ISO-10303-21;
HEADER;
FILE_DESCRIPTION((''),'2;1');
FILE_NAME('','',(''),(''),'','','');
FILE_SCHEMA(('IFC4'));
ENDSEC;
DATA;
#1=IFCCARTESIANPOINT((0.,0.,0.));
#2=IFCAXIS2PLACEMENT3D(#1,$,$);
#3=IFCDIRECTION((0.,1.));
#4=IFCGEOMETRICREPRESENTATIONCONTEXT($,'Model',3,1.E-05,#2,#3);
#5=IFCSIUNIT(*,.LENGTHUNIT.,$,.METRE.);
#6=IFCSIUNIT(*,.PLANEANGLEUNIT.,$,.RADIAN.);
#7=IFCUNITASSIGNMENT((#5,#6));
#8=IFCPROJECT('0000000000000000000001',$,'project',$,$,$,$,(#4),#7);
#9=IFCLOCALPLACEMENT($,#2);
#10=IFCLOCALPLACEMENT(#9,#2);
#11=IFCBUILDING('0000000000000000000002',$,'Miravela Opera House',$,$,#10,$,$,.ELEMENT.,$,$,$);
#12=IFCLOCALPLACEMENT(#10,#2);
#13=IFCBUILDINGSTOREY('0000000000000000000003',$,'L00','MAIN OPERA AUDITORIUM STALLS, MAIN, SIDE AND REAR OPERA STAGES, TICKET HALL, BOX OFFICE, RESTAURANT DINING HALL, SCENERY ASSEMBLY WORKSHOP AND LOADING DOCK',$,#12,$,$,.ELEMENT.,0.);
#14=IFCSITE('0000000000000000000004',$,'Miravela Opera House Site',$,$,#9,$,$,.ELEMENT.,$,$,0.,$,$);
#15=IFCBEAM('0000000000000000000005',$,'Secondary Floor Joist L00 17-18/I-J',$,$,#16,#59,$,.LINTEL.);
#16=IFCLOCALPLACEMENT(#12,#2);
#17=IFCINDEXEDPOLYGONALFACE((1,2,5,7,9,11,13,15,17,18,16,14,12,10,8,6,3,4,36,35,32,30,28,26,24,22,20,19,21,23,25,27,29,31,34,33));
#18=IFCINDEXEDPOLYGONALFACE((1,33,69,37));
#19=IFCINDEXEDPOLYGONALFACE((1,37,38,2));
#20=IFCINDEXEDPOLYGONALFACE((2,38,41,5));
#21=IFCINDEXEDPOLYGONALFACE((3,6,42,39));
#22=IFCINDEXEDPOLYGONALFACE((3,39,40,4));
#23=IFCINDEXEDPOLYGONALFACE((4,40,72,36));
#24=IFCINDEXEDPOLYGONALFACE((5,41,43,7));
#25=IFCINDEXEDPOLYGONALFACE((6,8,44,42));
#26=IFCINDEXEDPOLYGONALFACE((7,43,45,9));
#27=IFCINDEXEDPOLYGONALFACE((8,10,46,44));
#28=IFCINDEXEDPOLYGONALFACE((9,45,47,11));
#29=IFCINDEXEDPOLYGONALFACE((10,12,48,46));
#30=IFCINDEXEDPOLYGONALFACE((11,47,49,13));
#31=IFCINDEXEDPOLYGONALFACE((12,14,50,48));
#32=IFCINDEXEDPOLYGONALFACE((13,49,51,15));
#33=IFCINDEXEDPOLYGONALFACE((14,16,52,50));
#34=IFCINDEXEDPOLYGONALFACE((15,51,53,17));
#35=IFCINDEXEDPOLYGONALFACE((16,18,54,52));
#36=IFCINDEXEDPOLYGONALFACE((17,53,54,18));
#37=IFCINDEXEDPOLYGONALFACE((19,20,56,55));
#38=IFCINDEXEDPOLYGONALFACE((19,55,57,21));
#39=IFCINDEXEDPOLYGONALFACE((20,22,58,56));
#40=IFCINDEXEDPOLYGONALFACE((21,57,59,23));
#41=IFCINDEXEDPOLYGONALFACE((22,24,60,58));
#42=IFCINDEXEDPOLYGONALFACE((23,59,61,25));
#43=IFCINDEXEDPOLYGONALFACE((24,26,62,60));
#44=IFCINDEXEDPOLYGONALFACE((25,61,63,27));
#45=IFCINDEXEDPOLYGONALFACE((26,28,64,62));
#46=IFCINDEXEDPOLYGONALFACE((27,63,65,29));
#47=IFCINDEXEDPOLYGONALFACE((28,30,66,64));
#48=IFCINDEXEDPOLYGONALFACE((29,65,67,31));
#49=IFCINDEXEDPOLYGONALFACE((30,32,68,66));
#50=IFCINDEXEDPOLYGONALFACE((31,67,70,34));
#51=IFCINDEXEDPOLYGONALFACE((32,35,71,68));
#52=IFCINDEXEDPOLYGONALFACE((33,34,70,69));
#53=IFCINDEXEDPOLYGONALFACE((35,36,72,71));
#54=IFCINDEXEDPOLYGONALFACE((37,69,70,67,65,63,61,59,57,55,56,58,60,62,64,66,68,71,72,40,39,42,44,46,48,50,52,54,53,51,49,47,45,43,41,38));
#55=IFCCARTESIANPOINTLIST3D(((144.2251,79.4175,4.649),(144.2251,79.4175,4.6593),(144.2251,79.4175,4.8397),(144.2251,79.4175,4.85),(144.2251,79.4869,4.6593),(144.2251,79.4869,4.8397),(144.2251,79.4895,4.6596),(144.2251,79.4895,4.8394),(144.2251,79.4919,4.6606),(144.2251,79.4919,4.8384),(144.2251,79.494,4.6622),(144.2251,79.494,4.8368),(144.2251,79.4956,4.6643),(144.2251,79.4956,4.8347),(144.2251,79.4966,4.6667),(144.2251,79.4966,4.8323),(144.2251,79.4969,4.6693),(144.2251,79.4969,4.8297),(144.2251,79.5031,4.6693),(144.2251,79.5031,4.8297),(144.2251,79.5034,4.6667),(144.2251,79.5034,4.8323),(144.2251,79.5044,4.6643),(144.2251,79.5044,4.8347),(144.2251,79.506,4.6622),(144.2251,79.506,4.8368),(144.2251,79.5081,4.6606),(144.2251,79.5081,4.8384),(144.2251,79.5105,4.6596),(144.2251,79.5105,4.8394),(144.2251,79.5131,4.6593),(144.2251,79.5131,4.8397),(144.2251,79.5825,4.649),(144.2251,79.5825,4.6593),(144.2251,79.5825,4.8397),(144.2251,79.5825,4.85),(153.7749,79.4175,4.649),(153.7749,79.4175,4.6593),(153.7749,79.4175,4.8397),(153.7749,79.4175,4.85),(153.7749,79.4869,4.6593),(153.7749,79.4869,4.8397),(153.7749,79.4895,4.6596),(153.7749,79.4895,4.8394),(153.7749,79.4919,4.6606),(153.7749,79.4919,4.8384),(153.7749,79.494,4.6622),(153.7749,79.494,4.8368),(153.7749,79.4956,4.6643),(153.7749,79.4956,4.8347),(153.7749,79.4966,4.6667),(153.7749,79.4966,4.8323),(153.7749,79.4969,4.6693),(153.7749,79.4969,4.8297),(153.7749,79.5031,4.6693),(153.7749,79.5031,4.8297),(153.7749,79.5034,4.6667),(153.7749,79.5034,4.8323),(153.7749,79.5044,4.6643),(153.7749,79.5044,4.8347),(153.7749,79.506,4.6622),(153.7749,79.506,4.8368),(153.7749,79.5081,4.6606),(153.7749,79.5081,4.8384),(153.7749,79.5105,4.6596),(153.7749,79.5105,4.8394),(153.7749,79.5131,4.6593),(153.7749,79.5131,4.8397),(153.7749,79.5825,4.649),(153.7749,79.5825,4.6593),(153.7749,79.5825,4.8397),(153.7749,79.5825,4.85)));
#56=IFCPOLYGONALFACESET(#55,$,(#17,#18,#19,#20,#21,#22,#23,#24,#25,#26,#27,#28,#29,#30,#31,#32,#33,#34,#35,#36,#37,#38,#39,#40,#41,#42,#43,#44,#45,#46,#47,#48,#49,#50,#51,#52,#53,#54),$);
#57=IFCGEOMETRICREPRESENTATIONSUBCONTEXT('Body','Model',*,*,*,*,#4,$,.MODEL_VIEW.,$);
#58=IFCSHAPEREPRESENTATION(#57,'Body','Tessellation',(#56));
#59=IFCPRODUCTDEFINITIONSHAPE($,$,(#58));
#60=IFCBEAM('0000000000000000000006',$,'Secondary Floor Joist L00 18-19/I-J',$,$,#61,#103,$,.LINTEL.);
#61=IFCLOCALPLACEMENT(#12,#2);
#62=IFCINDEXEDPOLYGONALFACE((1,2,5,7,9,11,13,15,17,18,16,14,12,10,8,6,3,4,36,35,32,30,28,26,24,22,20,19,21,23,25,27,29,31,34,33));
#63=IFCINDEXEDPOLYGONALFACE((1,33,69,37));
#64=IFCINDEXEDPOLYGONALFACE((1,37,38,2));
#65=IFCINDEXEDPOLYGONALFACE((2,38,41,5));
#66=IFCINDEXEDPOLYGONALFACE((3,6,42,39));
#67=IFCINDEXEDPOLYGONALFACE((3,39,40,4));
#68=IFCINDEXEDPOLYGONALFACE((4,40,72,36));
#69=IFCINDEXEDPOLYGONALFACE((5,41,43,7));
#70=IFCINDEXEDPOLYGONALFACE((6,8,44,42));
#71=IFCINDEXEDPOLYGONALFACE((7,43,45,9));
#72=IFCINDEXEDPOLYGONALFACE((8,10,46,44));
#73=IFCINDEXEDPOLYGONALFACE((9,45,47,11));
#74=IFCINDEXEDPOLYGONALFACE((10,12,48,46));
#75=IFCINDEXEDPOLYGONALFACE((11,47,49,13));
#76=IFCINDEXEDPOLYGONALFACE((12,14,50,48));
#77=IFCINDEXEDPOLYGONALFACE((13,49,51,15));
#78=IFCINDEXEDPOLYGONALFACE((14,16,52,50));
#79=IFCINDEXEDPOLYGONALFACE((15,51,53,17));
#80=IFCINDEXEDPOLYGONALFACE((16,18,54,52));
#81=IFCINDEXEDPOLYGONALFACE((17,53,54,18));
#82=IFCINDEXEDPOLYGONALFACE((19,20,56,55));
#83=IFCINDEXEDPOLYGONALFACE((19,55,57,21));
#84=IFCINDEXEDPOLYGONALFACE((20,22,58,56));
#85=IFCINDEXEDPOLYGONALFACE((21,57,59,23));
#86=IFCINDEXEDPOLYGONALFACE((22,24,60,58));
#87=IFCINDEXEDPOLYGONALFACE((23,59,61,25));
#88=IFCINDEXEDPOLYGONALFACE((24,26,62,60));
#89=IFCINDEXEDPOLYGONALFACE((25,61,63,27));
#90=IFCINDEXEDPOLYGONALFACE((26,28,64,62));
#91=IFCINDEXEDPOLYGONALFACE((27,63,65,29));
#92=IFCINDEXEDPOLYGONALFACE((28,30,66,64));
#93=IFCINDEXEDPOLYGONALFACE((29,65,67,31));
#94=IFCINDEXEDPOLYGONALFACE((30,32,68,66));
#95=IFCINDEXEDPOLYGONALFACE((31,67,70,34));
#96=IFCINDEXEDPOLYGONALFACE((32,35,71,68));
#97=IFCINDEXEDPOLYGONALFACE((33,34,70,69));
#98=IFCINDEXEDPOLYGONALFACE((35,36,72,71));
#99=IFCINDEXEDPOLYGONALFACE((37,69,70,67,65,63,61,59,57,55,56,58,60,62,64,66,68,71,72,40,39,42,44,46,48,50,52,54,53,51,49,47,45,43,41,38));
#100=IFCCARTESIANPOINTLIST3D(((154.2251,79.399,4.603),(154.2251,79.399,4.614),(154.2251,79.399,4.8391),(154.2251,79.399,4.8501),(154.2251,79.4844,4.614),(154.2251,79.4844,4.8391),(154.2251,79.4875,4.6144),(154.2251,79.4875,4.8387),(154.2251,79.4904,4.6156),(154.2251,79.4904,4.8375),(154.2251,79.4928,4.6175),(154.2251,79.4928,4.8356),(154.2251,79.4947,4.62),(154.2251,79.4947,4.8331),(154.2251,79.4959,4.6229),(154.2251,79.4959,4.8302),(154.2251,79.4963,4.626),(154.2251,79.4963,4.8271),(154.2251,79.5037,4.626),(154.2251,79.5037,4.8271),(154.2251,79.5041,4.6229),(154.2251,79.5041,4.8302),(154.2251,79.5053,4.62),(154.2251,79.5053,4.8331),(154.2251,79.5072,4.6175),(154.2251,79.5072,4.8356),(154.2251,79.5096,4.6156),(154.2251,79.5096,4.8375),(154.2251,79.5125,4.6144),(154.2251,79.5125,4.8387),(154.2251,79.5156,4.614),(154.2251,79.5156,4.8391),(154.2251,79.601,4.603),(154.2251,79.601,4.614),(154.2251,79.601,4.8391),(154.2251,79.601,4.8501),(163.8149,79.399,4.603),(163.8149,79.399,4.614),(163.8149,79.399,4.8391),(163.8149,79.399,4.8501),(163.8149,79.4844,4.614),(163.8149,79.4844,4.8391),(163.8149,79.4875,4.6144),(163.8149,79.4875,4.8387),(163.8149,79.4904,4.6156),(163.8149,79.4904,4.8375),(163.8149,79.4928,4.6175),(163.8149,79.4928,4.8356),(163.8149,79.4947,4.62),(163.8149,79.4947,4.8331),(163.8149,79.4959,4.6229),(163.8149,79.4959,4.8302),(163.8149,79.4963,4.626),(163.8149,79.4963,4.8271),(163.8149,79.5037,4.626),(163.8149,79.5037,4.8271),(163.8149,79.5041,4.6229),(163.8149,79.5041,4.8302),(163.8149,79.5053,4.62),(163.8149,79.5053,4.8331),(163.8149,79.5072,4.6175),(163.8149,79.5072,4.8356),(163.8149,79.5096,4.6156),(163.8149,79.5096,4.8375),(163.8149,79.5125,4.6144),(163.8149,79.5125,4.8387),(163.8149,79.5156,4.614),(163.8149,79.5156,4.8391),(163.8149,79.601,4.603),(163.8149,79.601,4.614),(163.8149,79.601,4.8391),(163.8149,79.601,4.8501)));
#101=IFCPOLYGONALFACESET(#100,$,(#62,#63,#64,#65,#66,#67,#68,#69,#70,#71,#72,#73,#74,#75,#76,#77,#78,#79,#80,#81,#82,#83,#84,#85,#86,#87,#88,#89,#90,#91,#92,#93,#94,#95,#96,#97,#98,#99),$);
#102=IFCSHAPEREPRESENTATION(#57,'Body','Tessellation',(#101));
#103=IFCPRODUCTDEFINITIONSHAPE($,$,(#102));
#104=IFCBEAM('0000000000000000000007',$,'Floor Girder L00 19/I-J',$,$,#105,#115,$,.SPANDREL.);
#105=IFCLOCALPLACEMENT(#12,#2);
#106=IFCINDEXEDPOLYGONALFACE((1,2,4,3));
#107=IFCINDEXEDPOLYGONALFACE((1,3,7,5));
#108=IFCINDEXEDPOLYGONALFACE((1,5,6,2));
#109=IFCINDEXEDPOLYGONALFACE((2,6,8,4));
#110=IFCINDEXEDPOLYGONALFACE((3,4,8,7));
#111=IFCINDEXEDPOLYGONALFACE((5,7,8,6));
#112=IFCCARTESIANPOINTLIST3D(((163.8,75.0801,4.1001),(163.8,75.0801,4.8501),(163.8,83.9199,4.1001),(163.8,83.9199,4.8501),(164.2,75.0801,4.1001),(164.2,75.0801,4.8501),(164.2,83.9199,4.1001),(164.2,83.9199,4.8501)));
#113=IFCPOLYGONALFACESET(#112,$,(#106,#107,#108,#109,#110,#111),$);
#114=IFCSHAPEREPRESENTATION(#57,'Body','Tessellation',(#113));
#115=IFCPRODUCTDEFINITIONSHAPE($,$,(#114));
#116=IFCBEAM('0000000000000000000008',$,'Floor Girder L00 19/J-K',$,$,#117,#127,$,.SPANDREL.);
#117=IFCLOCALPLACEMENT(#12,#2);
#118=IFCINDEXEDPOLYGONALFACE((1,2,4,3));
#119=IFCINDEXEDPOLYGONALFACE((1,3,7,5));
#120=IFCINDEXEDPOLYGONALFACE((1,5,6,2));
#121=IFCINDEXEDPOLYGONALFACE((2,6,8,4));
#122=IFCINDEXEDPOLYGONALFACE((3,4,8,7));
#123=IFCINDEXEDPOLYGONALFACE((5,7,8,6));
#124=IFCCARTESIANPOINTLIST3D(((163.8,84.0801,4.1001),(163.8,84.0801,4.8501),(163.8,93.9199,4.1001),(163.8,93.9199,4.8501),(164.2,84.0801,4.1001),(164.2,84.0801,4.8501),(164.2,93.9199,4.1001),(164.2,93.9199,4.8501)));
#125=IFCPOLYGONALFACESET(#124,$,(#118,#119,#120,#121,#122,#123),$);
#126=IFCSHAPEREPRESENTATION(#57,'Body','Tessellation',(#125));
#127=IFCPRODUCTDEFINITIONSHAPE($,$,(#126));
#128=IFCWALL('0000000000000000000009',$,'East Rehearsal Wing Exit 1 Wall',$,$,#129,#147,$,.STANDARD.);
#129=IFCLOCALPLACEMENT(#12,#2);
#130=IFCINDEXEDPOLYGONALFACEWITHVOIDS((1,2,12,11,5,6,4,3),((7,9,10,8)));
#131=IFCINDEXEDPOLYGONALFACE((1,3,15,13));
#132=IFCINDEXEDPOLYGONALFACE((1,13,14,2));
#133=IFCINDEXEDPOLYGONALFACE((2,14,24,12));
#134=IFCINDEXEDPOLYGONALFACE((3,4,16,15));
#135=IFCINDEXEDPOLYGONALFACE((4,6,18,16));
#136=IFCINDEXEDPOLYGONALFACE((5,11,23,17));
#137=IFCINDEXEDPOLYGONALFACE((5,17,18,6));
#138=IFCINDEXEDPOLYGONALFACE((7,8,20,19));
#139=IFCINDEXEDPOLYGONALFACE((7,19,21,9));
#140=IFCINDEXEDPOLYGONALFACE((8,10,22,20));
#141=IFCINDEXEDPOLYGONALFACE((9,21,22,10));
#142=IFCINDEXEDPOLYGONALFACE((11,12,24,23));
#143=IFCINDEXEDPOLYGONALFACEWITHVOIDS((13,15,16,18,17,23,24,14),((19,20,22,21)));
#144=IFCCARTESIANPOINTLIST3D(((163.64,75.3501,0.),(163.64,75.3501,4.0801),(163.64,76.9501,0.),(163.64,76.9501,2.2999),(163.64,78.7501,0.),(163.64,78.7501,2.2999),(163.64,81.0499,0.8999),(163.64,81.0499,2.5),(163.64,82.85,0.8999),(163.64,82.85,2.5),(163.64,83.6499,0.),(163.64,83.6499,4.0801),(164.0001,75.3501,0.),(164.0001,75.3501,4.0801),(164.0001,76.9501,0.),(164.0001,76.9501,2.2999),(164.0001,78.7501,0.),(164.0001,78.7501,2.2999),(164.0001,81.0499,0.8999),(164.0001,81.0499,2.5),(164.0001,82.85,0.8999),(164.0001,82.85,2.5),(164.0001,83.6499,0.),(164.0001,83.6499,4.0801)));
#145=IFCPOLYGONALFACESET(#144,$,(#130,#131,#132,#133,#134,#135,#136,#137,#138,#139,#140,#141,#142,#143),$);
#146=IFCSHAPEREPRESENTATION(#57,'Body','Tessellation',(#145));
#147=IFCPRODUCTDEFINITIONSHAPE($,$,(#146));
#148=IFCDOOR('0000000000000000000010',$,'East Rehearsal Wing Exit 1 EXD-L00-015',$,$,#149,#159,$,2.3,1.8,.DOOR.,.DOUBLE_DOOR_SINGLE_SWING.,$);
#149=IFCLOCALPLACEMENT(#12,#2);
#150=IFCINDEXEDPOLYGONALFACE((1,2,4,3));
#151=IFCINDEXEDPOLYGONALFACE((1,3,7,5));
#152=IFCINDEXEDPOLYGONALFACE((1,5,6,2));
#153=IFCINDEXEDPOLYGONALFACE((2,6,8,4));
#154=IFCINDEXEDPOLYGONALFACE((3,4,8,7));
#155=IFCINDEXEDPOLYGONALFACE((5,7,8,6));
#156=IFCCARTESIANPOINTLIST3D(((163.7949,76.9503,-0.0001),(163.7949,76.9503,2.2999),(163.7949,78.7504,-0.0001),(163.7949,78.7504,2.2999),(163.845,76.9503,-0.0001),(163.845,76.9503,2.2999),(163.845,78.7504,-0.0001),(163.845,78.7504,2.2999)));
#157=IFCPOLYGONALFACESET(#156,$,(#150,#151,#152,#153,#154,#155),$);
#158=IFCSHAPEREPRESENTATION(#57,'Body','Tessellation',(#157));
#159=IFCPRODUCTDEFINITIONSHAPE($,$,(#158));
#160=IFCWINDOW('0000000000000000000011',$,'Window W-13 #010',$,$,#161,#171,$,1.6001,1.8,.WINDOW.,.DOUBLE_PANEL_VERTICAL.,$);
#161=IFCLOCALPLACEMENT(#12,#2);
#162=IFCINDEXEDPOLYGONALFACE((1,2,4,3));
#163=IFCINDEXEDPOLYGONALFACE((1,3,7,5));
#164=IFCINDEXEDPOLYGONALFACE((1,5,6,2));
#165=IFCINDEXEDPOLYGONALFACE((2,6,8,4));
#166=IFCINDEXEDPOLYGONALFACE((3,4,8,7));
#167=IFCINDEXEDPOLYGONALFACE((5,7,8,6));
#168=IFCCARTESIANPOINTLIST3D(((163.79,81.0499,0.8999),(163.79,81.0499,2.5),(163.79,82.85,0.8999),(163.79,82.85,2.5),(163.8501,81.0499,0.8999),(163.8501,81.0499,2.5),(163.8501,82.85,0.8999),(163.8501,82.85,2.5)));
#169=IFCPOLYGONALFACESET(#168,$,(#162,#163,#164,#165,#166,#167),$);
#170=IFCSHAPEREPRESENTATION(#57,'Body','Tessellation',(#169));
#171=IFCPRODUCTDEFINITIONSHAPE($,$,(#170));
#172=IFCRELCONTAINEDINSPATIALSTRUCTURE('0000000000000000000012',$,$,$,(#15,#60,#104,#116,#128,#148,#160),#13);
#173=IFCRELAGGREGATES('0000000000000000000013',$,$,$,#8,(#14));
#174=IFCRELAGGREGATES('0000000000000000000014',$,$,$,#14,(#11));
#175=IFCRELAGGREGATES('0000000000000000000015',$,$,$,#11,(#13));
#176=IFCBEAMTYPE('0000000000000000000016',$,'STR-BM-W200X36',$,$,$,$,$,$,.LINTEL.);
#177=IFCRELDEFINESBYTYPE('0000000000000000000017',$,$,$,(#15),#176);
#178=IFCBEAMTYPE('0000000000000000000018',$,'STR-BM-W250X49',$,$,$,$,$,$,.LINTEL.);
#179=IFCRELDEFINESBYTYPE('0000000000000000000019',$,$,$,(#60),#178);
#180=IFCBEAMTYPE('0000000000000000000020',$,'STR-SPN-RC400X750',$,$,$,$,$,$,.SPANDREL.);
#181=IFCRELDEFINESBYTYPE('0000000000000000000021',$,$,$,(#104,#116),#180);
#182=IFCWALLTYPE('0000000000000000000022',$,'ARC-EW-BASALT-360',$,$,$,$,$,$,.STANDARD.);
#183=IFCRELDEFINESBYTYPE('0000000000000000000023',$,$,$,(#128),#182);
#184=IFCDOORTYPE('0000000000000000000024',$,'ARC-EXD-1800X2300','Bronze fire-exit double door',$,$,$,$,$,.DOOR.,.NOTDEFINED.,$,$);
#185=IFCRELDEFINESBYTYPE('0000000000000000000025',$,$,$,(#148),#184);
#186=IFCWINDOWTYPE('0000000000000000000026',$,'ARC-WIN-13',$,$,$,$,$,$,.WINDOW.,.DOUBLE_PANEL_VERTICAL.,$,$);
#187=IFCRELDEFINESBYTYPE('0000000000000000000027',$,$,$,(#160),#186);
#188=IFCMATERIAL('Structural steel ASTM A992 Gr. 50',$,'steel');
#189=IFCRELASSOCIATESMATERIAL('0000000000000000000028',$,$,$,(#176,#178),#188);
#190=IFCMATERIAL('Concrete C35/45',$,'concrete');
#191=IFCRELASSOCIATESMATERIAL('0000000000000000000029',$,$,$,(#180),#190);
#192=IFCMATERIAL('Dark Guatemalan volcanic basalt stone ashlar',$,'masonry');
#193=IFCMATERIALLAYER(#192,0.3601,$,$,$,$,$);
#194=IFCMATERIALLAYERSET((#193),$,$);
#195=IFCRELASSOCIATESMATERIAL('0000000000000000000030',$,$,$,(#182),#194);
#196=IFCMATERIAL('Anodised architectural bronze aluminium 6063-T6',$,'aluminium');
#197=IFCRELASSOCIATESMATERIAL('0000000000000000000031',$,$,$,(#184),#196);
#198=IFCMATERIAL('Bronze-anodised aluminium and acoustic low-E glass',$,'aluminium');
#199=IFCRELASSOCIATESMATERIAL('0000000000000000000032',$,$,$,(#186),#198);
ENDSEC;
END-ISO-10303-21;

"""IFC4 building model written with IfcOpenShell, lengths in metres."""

from ifc_helpers import new_model, si_unit, direction, frame, frame_2d, origin, origin_2d, place, context, subcontext, project, spatial, rectangle, i_section, extrude, material, layer, layer_set, material_profile, profile_set, type_object, element, fill, save


model = new_model("IFC4")

# Units and contexts
model_context = context("Model", 3, precision=1e-05, world=origin(), true_north=direction((0.0, 1.0)))
body_context = subcontext(model_context, "Body", "Model", "MODEL_VIEW")
ifc_project = project(units=[si_unit("LENGTHUNIT", "METRE"), si_unit("PLANEANGLEUNIT", "RADIAN")], contexts=[model_context])

# Site, building, storey
site_placement = place(None, origin())
site = spatial("IfcSite", under=ifc_project, at=site_placement, Name="Miravela Opera House Site", CompositionType="ELEMENT", RefElevation=0.0)
building_placement = place(site_placement, origin())
building = spatial("IfcBuilding", under=site, at=building_placement, Name="Miravela Opera House", CompositionType="ELEMENT")
storey_placement = place(building_placement, origin())
storey = spatial("IfcBuildingStorey", under=building, at=storey_placement, Name="L00", Description="MAIN OPERA AUDITORIUM STALLS, MAIN, SIDE AND REAR OPERA STAGES, TICKET HALL, BOX OFFICE, RESTAURANT DINING HALL, SCENERY ASSEMBLY WORKSHOP AND LOADING DOCK", CompositionType="ELEMENT", Elevation=0.0)

# Shared definitions
ifc_material_1 = material(Name="Concrete C35/45", Category="concrete")

# Beams
ifc_material_2 = material(Name="Structural steel ASTM A992 Gr. 50", Category="steel")
ifc_material_profile_1 = material_profile(ifc_material_2, i_section(OverallWidth=0.165, OverallDepth=0.2009, WebThickness=0.0061, FlangeThickness=0.0103, FilletRadius=0.01, at=origin_2d()), Name="W200X36")
ifc_profile_set_1 = profile_set([ifc_material_profile_1])
beam_type_1 = type_object("IfcBeamType", Name="STR-BM-W200X36", PredefinedType="LINTEL", material=ifc_profile_set_1)
beam_1_placement = place(storey_placement, frame((144.2251, 79.5, 4.7495), z_axis=(1.0, 0.0, 0.0), x_axis=(0.0, 1.0, 0.0)))
element("IfcBeam", 1, at=beam_1_placement, inside=storey, type_object=beam_type_1, Name="Secondary Floor Joist L00 17-18/I-J", PredefinedType="LINTEL", context=body_context, shape_type="SweptSolid", body=[
    extrude(i_section(OverallWidth=0.165, OverallDepth=0.2009, WebThickness=0.0061, FlangeThickness=0.0103, FilletRadius=0.01, at=origin_2d()), origin(), (0.0, 0.0, 1.0), 9.5498),
])
ifc_material_profile_2 = material_profile(ifc_material_2, i_section(OverallWidth=0.2019, OverallDepth=0.2471, WebThickness=0.0073, FlangeThickness=0.011, FilletRadius=0.012, at=origin_2d()), Name="W250X49")
ifc_profile_set_2 = profile_set([ifc_material_profile_2])
beam_type_2 = type_object("IfcBeamType", Name="STR-BM-W250X49", PredefinedType="LINTEL", material=ifc_profile_set_2)
beam_2_placement = place(storey_placement, frame((154.2251, 79.5, 4.7266), z_axis=(1.0, 0.0, 0.0), x_axis=(0.0, 1.0, 0.0)))
element("IfcBeam", 2, at=beam_2_placement, inside=storey, type_object=beam_type_2, Name="Secondary Floor Joist L00 18-19/I-J", PredefinedType="LINTEL", context=body_context, shape_type="SweptSolid", body=[
    extrude(i_section(OverallWidth=0.2019, OverallDepth=0.2471, WebThickness=0.0073, FlangeThickness=0.011, FilletRadius=0.012, at=origin_2d()), origin(), (0.0, 0.0, 1.0), 9.5898),
])
ifc_material_profile_3 = material_profile(ifc_material_1, rectangle(XDim=0.3999, YDim=0.75, at=origin_2d()), Name="RC-SPN-400X750")
ifc_profile_set_3 = profile_set([ifc_material_profile_3])
beam_type_3 = type_object("IfcBeamType", Name="STR-SPN-RC400X750", PredefinedType="SPANDREL", material=ifc_profile_set_3)
beam_3_placement = place(storey_placement, frame((164.0, 75.0801, 4.4751), z_axis=(0.0, 1.0, 0.0), x_axis=(-1.0, 0.0, 0.0)))
element("IfcBeam", 3, at=beam_3_placement, inside=storey, type_object=beam_type_3, Name="Floor Girder L00 19/I-J", PredefinedType="SPANDREL", context=body_context, shape_type="SweptSolid", body=[
    extrude(rectangle(XDim=0.3999, YDim=0.75, at=origin_2d()), origin(), (0.0, 0.0, 1.0), 8.8398),
])
beam_4_placement = place(storey_placement, frame((164.0, 84.0801, 4.4751), z_axis=(0.0, 1.0, 0.0), x_axis=(-1.0, 0.0, 0.0)))
element("IfcBeam", 4, at=beam_4_placement, inside=storey, type_object=beam_type_3, Name="Floor Girder L00 19/J-K", PredefinedType="SPANDREL", context=body_context, shape_type="SweptSolid", body=[
    extrude(rectangle(XDim=0.3999, YDim=0.75, at=origin_2d()), origin(), (0.0, 0.0, 1.0), 9.8398),
])

# Wall, openings, door, window
ifc_material_3 = material(Name="Dark Guatemalan volcanic basalt stone ashlar", Category="masonry")
ifc_layer_1 = layer(ifc_material_3, 0.3601)
ifc_layer_set_1 = layer_set([ifc_layer_1])
wall_type_1 = type_object("IfcWallType", Name="ARC-EW-BASALT-360", PredefinedType="STANDARD", material=ifc_layer_set_1)
wall_1_placement = place(storey_placement, frame((163.8201, 75.3501, 0.0), z_axis=(0.0, 0.0, 1.0), x_axis=(0.0, 1.0, 0.0)))
wall_1 = element("IfcWall", 5, at=wall_1_placement, inside=storey, type_object=wall_type_1, Name="East Rehearsal Wing Exit 1 Wall", PredefinedType="STANDARD", context=body_context, shape_type="SweptSolid", body=[
    extrude(rectangle(XDim=8.2998, YDim=0.3601, at=frame_2d((4.1499, 0.0))), origin(), (0.0, 0.0, 1.0), 4.0801),
])
opening_1_placement = place(wall_1_placement, frame((1.6001, 0.0, 0.0)))
opening_1 = element("IfcOpeningElement", 6, at=opening_1_placement, cuts=wall_1, PredefinedType="OPENING", context=body_context, shape_type="SweptSolid", body=[
    extrude(rectangle(XDim=1.8, YDim=2.3, at=frame_2d((0.8999, 1.1499))), frame((0.0, 0.1899, 0.0), z_axis=(0.0, -1.0, 0.0), x_axis=(1.0, 0.0, 0.0)), (0.0, 0.0, 1.0), 0.3801),
])
opening_2_placement = place(wall_1_placement, frame((5.7, 0.0, 0.8999)))
opening_2 = element("IfcOpeningElement", 7, at=opening_2_placement, cuts=wall_1, PredefinedType="OPENING", context=body_context, shape_type="SweptSolid", body=[
    extrude(rectangle(XDim=1.8, YDim=1.6001, at=frame_2d((0.8999, 0.8))), frame((0.0, 0.1899, 0.0), z_axis=(0.0, -1.0, 0.0), x_axis=(1.0, 0.0, 0.0)), (0.0, 0.0, 1.0), 0.3801),
])
ifc_material_4 = material(Name="Anodised architectural bronze aluminium 6063-T6", Category="aluminium")
door_type_1 = type_object("IfcDoorType", Name="ARC-EXD-1800X2300", Description="Bronze fire-exit double door", OperationType="NOTDEFINED", PredefinedType="DOOR", material=ifc_material_4)
door_1_placement = place(opening_1_placement, frame((1.8, 0.0, 0.0), z_axis=(0.0, 0.0, 1.0), x_axis=(-1.0, 0.0, 0.0)))
door_1 = element("IfcDoor", 8, at=door_1_placement, inside=storey, type_object=door_type_1, Name="East Rehearsal Wing Exit 1 EXD-L00-015", OperationType="DOUBLE_DOOR_SINGLE_SWING", OverallHeight=2.3, OverallWidth=1.8, PredefinedType="DOOR", context=body_context, shape_type="SweptSolid", body=[
    extrude(rectangle(XDim=1.8, YDim=2.3, at=frame_2d((0.8999, 1.1499))), frame((0.0, 0.0249, 0.0), z_axis=(0.0, -1.0, 0.0), x_axis=(1.0, 0.0, 0.0)), (0.0, 0.0, 1.0), 0.05),
])
fill(opening_1, door_1)
ifc_material_5 = material(Name="Bronze-anodised aluminium and acoustic low-E glass", Category="aluminium")
window_type = type_object("IfcWindowType", Name="ARC-WIN-13", PartitioningType="DOUBLE_PANEL_VERTICAL", PredefinedType="WINDOW", material=ifc_material_5)
window_placement = place(opening_2_placement, origin())
window = element("IfcWindow", 9, at=window_placement, inside=storey, type_object=window_type, Name="Window W-13 #010", OverallHeight=1.6001, OverallWidth=1.8, PartitioningType="DOUBLE_PANEL_VERTICAL", PredefinedType="WINDOW", context=body_context, shape_type="SweptSolid", body=[
    extrude(rectangle(XDim=1.8, YDim=1.6001, at=frame_2d((0.8999, 0.8))), frame((0.0, 0.03, 0.0), z_axis=(0.0, -1.0, 0.0), x_axis=(1.0, 0.0, 0.0)), (0.0, 0.0, 1.0), 0.0601),
])
fill(opening_2, window)

save(model, "model.ifc")
